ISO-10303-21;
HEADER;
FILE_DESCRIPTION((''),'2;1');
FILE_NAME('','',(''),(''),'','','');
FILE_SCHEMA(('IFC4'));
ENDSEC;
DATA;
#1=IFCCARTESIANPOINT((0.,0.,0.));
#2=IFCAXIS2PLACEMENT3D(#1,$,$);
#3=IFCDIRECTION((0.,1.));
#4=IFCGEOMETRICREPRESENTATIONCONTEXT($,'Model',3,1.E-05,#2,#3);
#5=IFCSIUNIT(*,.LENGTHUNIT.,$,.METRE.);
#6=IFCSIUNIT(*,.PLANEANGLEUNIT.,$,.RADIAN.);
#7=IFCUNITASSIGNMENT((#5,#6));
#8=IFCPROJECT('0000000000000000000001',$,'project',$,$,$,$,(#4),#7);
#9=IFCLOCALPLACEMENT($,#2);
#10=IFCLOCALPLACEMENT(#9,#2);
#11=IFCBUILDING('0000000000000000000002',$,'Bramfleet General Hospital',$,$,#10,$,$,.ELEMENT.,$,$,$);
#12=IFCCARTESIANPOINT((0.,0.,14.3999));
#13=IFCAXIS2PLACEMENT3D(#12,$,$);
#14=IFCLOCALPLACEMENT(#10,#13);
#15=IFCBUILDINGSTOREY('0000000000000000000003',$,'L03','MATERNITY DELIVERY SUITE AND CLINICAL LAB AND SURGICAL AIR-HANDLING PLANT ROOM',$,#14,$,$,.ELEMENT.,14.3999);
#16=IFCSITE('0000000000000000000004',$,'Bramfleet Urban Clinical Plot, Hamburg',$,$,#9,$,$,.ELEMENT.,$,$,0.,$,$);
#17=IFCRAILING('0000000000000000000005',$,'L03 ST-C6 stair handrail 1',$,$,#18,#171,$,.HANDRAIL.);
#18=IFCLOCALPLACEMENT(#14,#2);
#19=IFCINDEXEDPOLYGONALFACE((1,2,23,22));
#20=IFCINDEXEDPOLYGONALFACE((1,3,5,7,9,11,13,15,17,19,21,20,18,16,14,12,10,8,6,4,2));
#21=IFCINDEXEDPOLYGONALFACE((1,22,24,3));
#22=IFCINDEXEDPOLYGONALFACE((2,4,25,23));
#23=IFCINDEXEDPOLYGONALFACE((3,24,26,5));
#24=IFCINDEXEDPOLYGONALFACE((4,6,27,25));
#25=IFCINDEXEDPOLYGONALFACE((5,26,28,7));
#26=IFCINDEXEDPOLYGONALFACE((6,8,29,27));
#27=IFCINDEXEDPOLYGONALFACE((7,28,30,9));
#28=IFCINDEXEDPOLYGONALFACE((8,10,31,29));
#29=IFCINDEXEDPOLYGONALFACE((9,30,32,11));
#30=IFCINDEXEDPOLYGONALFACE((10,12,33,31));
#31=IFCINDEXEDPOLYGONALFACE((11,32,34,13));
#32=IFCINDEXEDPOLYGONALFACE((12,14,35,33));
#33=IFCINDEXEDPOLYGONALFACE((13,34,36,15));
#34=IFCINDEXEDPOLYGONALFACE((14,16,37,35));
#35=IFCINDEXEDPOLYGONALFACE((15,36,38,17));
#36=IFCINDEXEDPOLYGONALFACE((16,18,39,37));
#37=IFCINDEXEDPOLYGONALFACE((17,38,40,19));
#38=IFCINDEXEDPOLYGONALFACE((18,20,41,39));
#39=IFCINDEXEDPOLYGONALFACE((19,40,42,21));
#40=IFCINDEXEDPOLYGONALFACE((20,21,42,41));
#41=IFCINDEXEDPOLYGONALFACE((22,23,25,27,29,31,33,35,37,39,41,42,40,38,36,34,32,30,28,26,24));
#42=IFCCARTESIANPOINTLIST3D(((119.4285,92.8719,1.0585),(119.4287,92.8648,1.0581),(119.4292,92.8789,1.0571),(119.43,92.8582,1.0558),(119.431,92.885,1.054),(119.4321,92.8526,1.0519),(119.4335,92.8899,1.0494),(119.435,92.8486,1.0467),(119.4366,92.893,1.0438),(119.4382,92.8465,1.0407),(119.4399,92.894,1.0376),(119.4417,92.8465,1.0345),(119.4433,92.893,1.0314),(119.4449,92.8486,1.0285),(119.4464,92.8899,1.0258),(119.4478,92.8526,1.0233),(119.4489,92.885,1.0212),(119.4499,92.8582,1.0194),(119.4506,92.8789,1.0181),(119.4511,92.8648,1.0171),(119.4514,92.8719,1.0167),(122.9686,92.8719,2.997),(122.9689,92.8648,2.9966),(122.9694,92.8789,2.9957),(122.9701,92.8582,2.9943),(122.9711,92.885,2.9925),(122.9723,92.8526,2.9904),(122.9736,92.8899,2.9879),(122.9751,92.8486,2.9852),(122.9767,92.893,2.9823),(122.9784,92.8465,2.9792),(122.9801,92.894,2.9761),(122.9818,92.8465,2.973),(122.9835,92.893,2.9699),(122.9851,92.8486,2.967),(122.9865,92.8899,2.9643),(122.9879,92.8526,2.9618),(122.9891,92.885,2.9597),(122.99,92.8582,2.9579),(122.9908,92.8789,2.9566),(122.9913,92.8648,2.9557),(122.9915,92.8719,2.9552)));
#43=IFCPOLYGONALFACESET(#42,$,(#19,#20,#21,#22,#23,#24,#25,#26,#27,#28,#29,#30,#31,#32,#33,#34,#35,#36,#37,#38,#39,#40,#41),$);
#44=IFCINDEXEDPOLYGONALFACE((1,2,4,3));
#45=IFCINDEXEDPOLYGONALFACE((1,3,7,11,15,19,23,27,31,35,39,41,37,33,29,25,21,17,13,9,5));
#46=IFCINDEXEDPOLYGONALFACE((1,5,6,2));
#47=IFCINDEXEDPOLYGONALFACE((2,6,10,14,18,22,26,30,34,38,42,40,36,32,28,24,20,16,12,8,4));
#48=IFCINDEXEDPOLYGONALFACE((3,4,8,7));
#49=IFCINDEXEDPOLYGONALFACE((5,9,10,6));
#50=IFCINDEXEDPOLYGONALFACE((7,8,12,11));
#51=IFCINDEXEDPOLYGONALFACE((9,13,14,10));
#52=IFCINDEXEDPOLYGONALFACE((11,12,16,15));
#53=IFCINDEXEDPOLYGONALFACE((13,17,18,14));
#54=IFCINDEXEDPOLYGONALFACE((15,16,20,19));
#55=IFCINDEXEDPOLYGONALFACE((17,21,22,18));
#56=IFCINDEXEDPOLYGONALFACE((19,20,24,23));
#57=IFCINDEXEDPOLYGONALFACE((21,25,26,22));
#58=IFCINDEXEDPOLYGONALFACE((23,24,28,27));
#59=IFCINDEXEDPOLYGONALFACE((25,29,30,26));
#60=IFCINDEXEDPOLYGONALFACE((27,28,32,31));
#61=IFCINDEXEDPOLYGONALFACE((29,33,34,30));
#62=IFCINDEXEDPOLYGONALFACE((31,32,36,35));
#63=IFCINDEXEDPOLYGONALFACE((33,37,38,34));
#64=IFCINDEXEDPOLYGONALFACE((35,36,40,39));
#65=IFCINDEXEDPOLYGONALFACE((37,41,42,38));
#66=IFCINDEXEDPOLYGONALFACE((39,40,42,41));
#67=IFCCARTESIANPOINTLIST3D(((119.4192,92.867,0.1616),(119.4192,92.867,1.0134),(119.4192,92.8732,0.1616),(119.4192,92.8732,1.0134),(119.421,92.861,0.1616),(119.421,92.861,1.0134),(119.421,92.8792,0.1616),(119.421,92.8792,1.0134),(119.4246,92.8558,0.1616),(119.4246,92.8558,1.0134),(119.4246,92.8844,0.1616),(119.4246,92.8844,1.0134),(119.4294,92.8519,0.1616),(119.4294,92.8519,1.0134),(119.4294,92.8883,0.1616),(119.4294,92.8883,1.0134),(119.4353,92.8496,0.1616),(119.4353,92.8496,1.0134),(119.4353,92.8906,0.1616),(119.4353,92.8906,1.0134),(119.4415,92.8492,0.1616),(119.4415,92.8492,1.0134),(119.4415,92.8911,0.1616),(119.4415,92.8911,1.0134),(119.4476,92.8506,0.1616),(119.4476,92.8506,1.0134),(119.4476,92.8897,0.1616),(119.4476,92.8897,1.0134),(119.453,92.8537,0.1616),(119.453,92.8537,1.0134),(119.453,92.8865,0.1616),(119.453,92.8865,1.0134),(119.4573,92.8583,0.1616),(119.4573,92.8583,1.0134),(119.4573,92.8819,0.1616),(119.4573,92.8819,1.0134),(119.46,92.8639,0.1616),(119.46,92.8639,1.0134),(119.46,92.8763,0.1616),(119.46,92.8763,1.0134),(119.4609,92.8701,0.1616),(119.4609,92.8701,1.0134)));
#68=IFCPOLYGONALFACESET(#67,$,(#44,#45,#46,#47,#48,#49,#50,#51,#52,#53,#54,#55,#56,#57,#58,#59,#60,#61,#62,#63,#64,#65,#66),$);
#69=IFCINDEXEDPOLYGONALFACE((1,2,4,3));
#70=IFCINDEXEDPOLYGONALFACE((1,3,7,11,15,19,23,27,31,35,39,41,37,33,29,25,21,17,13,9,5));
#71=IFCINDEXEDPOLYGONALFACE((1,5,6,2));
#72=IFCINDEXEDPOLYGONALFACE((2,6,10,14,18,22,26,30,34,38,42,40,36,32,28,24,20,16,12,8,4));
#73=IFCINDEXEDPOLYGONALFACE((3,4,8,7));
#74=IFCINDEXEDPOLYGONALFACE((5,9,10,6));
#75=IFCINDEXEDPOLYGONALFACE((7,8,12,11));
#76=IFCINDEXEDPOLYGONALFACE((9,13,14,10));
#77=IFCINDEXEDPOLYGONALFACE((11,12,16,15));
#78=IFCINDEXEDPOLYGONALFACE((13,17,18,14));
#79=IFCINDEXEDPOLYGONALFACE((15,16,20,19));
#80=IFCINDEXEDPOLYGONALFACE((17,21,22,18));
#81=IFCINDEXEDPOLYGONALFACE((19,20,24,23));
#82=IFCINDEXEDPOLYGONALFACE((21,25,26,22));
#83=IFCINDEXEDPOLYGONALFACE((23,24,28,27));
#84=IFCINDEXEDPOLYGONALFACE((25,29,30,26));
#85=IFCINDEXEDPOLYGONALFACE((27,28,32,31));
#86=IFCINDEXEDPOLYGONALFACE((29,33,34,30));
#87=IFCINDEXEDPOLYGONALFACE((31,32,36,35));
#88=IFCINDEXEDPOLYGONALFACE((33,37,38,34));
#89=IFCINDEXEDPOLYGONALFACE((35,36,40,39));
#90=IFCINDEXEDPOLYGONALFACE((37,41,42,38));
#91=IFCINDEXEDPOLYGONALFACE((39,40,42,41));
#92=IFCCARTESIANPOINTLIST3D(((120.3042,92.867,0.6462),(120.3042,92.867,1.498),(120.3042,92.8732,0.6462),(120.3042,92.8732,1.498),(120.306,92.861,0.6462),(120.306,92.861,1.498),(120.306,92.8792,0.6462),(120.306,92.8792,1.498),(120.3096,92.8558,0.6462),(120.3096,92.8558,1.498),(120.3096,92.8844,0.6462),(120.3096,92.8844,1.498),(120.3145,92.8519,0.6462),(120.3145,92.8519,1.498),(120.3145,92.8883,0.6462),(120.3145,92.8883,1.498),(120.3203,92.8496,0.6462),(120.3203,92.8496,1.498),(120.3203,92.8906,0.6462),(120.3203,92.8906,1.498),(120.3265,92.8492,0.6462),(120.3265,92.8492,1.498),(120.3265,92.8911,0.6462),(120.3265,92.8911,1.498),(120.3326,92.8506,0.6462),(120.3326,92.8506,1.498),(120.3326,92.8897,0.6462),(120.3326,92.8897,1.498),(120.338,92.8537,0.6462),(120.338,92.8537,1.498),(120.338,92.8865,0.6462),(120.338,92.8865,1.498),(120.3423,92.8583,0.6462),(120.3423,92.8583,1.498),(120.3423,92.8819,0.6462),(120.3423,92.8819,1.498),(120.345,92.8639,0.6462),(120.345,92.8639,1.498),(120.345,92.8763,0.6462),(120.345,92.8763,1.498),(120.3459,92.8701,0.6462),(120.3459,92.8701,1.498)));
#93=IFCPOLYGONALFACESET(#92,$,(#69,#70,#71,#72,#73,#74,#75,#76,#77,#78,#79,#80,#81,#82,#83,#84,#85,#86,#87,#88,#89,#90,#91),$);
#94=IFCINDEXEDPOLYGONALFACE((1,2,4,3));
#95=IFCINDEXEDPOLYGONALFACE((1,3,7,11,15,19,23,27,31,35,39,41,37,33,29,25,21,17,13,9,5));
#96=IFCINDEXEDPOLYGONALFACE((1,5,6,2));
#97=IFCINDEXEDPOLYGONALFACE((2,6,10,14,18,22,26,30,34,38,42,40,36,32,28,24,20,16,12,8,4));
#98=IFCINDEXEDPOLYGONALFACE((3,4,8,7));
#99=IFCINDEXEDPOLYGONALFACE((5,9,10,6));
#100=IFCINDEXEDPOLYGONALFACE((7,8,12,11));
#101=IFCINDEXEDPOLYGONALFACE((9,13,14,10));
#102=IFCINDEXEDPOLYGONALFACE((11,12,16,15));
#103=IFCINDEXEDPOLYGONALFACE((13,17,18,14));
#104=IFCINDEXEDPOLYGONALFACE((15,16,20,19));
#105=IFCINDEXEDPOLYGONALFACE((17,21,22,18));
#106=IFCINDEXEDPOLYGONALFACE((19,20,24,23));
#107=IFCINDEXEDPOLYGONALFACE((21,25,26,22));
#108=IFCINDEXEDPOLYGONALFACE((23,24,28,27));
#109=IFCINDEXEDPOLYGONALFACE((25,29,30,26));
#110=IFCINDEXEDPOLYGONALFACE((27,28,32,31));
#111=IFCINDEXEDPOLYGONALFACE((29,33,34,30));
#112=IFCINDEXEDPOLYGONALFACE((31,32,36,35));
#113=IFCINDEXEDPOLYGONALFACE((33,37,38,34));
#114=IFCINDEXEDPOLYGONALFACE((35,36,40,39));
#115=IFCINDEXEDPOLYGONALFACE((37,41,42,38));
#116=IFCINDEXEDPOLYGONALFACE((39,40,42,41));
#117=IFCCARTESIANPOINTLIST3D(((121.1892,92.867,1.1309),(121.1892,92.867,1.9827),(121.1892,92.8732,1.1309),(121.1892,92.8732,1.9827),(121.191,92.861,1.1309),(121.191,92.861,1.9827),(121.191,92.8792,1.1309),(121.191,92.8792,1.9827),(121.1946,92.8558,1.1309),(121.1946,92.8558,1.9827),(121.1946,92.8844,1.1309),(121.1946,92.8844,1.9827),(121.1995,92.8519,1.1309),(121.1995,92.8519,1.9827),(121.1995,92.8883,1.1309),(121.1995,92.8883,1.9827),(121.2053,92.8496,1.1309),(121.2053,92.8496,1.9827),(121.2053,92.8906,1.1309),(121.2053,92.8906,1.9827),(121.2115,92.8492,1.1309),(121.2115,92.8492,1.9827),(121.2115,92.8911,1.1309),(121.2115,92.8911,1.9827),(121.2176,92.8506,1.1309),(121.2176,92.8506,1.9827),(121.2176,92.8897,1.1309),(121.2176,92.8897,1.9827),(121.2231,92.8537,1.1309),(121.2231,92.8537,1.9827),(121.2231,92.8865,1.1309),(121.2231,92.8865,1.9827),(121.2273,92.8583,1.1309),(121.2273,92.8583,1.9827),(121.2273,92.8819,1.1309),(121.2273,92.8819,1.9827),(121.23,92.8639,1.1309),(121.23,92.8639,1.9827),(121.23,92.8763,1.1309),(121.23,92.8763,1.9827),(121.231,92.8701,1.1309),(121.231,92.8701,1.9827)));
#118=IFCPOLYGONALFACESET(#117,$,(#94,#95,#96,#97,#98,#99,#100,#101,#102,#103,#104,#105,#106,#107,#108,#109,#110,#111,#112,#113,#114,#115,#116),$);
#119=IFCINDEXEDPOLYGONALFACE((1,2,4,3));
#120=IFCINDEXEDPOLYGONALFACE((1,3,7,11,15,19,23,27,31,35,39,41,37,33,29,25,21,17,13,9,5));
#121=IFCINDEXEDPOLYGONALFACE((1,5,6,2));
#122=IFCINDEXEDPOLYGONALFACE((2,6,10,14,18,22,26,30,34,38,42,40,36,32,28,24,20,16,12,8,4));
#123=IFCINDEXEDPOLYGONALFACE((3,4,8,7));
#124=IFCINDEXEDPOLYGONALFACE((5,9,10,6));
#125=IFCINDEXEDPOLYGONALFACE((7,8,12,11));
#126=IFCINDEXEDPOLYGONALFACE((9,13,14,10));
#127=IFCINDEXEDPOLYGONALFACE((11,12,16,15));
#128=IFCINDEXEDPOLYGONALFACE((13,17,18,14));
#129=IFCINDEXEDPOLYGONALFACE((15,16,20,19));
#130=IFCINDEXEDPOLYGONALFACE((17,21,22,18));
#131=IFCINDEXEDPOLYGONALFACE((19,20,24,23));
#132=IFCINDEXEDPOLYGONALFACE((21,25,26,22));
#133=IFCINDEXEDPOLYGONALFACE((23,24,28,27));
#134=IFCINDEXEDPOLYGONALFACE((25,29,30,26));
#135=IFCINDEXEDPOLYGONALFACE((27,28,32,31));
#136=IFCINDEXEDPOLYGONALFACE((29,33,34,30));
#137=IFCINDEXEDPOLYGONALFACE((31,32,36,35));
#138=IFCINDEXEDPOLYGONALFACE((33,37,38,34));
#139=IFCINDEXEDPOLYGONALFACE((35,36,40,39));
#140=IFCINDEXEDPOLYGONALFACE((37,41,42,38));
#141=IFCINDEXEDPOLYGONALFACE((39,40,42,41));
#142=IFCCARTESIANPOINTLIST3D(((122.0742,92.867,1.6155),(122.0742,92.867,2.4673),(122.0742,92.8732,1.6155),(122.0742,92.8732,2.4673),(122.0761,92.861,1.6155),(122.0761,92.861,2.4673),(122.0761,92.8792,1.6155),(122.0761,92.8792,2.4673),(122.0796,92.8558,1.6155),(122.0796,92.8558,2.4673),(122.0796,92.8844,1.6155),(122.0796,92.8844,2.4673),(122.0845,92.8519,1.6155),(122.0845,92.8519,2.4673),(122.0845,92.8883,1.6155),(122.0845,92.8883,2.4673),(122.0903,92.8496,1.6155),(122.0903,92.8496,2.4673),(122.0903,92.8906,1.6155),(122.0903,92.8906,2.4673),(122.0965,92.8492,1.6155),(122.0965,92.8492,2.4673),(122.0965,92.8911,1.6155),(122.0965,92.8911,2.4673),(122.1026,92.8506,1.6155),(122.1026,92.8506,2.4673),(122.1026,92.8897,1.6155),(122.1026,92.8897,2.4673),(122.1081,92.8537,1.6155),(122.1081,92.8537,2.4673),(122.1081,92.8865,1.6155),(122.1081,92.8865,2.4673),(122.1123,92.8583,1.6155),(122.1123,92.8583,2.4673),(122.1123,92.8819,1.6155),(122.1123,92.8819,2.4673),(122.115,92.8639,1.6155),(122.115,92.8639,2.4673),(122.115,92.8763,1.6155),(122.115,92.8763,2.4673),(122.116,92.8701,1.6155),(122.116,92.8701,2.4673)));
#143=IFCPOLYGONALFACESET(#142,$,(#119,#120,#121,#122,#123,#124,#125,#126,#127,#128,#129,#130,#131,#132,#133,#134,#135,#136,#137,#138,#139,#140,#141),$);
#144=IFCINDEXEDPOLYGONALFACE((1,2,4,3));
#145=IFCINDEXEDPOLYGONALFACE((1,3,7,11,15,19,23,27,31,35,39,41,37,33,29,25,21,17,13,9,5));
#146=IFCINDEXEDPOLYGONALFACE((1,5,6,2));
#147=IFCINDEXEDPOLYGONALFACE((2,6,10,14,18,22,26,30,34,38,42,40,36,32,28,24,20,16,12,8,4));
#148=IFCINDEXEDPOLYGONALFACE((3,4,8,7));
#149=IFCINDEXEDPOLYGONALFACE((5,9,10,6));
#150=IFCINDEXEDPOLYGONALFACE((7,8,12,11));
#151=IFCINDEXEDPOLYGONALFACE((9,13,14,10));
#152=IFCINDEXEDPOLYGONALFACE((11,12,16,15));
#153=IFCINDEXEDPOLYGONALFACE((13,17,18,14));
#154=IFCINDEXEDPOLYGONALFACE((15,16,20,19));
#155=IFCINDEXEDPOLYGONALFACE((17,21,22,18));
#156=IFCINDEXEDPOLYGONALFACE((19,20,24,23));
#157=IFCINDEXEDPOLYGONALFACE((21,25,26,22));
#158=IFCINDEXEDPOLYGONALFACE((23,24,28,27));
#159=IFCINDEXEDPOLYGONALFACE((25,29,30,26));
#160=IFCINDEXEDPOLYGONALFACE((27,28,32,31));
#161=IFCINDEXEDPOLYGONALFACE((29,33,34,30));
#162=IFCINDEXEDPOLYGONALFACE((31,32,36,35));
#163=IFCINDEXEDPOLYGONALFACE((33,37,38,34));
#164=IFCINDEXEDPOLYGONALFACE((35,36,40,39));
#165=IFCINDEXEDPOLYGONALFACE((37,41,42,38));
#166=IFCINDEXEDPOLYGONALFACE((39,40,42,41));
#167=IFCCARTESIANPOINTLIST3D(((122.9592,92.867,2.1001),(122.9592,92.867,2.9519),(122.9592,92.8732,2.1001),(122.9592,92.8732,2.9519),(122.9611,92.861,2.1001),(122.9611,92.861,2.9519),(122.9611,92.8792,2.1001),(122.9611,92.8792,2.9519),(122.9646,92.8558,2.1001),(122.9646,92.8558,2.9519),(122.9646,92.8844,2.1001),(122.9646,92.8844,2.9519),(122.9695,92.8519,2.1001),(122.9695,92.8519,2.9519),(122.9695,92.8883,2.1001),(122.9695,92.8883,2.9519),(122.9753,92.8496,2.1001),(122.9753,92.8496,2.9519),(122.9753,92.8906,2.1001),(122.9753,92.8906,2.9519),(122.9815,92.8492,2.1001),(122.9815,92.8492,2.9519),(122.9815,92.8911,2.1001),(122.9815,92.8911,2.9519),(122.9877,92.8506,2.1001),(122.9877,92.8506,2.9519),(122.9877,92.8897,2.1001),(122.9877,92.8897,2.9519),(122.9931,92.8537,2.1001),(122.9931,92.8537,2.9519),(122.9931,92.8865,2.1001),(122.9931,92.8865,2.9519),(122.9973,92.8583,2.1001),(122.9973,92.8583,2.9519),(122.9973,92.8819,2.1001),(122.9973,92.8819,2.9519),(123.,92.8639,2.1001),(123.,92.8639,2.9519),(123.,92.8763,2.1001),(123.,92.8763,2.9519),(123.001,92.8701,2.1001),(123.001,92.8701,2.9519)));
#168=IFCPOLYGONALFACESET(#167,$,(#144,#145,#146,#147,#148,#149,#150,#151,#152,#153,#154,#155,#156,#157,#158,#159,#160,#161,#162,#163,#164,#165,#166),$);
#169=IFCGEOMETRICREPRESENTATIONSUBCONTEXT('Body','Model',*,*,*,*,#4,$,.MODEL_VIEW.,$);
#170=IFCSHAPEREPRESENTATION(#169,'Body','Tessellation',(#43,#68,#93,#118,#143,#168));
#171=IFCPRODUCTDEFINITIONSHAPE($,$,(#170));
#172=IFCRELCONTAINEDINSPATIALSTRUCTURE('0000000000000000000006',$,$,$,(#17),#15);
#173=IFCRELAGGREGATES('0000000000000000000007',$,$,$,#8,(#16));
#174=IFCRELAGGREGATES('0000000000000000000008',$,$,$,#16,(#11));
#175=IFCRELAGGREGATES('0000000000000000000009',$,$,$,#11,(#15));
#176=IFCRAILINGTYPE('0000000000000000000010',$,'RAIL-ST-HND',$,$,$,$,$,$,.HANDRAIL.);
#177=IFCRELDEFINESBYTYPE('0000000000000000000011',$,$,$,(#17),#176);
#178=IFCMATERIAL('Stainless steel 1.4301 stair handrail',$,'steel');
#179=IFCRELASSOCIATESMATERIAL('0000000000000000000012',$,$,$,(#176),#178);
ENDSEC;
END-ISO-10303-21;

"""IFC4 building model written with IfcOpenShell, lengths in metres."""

from ifc_helpers import new_model, si_unit, direction, frame, origin, origin_2d, place, context, subcontext, project, spatial, circle, extrude, material, type_object, element, save


model = new_model("IFC4")

# Units and contexts
model_context = context("Model", 3, precision=1e-05, world=origin(), true_north=direction((0.0, 1.0)))
body_context = subcontext(model_context, "Body", "Model", "MODEL_VIEW")
ifc_project = project(units=[si_unit("LENGTHUNIT", "METRE"), si_unit("PLANEANGLEUNIT", "RADIAN")], contexts=[model_context])

# Site, building, storey
site_placement = place(None, origin())
site = spatial("IfcSite", under=ifc_project, at=site_placement, Name="Bramfleet Urban Clinical Plot, Hamburg", CompositionType="ELEMENT", RefElevation=0.0)
building_placement = place(site_placement, origin())
building = spatial("IfcBuilding", under=site, at=building_placement, Name="Bramfleet General Hospital", CompositionType="ELEMENT")
storey_placement = place(building_placement, frame((0.0, 0.0, 14.3999)))
storey = spatial("IfcBuildingStorey", under=building, at=storey_placement, Name="L03", Description="MATERNITY DELIVERY SUITE AND CLINICAL LAB AND SURGICAL AIR-HANDLING PLANT ROOM", CompositionType="ELEMENT", Elevation=14.3999)

# Railing
ifc_material_1 = material(Name="Stainless steel 1.4301 stair handrail", Category="steel")
railing_type_1 = type_object("IfcRailingType", Name="RAIL-ST-HND", PredefinedType="HANDRAIL", material=ifc_material_1)
railing_1_placement = place(storey_placement, frame((119.4399, 92.8701, 0.1616)))
element("IfcRailing", 1, at=railing_1_placement, inside=storey, type_object=railing_type_1, Name="L03 ST-C6 stair handrail 1", PredefinedType="HANDRAIL", context=body_context, shape_type="SweptSolid", body=[
    extrude(circle(Radius=0.0239, at=origin_2d()), frame((0.0, 0.0, 0.876), z_axis=(0.877108, 0.0, 0.480292), x_axis=(0.0, 1.0, 0.0)), (0.0, 0.0, 1.0), 4.0361),
    extrude(circle(Radius=0.021, at=origin_2d()), origin(), (0.0, 0.0, 1.0), 0.8518),
    extrude(circle(Radius=0.021, at=origin_2d()), frame((0.885, 0.0, 0.4846)), (0.0, 0.0, 1.0), 0.8518),
    extrude(circle(Radius=0.021, at=origin_2d()), frame((1.77, 0.0, 0.9692)), (0.0, 0.0, 1.0), 0.8518),
    extrude(circle(Radius=0.021, at=origin_2d()), frame((2.655, 0.0, 1.4539)), (0.0, 0.0, 1.0), 0.8518),
    extrude(circle(Radius=0.021, at=origin_2d()), frame((3.54, 0.0, 1.9385)), (0.0, 0.0, 1.0), 0.8518),
])

save(model, "model.ifc")
